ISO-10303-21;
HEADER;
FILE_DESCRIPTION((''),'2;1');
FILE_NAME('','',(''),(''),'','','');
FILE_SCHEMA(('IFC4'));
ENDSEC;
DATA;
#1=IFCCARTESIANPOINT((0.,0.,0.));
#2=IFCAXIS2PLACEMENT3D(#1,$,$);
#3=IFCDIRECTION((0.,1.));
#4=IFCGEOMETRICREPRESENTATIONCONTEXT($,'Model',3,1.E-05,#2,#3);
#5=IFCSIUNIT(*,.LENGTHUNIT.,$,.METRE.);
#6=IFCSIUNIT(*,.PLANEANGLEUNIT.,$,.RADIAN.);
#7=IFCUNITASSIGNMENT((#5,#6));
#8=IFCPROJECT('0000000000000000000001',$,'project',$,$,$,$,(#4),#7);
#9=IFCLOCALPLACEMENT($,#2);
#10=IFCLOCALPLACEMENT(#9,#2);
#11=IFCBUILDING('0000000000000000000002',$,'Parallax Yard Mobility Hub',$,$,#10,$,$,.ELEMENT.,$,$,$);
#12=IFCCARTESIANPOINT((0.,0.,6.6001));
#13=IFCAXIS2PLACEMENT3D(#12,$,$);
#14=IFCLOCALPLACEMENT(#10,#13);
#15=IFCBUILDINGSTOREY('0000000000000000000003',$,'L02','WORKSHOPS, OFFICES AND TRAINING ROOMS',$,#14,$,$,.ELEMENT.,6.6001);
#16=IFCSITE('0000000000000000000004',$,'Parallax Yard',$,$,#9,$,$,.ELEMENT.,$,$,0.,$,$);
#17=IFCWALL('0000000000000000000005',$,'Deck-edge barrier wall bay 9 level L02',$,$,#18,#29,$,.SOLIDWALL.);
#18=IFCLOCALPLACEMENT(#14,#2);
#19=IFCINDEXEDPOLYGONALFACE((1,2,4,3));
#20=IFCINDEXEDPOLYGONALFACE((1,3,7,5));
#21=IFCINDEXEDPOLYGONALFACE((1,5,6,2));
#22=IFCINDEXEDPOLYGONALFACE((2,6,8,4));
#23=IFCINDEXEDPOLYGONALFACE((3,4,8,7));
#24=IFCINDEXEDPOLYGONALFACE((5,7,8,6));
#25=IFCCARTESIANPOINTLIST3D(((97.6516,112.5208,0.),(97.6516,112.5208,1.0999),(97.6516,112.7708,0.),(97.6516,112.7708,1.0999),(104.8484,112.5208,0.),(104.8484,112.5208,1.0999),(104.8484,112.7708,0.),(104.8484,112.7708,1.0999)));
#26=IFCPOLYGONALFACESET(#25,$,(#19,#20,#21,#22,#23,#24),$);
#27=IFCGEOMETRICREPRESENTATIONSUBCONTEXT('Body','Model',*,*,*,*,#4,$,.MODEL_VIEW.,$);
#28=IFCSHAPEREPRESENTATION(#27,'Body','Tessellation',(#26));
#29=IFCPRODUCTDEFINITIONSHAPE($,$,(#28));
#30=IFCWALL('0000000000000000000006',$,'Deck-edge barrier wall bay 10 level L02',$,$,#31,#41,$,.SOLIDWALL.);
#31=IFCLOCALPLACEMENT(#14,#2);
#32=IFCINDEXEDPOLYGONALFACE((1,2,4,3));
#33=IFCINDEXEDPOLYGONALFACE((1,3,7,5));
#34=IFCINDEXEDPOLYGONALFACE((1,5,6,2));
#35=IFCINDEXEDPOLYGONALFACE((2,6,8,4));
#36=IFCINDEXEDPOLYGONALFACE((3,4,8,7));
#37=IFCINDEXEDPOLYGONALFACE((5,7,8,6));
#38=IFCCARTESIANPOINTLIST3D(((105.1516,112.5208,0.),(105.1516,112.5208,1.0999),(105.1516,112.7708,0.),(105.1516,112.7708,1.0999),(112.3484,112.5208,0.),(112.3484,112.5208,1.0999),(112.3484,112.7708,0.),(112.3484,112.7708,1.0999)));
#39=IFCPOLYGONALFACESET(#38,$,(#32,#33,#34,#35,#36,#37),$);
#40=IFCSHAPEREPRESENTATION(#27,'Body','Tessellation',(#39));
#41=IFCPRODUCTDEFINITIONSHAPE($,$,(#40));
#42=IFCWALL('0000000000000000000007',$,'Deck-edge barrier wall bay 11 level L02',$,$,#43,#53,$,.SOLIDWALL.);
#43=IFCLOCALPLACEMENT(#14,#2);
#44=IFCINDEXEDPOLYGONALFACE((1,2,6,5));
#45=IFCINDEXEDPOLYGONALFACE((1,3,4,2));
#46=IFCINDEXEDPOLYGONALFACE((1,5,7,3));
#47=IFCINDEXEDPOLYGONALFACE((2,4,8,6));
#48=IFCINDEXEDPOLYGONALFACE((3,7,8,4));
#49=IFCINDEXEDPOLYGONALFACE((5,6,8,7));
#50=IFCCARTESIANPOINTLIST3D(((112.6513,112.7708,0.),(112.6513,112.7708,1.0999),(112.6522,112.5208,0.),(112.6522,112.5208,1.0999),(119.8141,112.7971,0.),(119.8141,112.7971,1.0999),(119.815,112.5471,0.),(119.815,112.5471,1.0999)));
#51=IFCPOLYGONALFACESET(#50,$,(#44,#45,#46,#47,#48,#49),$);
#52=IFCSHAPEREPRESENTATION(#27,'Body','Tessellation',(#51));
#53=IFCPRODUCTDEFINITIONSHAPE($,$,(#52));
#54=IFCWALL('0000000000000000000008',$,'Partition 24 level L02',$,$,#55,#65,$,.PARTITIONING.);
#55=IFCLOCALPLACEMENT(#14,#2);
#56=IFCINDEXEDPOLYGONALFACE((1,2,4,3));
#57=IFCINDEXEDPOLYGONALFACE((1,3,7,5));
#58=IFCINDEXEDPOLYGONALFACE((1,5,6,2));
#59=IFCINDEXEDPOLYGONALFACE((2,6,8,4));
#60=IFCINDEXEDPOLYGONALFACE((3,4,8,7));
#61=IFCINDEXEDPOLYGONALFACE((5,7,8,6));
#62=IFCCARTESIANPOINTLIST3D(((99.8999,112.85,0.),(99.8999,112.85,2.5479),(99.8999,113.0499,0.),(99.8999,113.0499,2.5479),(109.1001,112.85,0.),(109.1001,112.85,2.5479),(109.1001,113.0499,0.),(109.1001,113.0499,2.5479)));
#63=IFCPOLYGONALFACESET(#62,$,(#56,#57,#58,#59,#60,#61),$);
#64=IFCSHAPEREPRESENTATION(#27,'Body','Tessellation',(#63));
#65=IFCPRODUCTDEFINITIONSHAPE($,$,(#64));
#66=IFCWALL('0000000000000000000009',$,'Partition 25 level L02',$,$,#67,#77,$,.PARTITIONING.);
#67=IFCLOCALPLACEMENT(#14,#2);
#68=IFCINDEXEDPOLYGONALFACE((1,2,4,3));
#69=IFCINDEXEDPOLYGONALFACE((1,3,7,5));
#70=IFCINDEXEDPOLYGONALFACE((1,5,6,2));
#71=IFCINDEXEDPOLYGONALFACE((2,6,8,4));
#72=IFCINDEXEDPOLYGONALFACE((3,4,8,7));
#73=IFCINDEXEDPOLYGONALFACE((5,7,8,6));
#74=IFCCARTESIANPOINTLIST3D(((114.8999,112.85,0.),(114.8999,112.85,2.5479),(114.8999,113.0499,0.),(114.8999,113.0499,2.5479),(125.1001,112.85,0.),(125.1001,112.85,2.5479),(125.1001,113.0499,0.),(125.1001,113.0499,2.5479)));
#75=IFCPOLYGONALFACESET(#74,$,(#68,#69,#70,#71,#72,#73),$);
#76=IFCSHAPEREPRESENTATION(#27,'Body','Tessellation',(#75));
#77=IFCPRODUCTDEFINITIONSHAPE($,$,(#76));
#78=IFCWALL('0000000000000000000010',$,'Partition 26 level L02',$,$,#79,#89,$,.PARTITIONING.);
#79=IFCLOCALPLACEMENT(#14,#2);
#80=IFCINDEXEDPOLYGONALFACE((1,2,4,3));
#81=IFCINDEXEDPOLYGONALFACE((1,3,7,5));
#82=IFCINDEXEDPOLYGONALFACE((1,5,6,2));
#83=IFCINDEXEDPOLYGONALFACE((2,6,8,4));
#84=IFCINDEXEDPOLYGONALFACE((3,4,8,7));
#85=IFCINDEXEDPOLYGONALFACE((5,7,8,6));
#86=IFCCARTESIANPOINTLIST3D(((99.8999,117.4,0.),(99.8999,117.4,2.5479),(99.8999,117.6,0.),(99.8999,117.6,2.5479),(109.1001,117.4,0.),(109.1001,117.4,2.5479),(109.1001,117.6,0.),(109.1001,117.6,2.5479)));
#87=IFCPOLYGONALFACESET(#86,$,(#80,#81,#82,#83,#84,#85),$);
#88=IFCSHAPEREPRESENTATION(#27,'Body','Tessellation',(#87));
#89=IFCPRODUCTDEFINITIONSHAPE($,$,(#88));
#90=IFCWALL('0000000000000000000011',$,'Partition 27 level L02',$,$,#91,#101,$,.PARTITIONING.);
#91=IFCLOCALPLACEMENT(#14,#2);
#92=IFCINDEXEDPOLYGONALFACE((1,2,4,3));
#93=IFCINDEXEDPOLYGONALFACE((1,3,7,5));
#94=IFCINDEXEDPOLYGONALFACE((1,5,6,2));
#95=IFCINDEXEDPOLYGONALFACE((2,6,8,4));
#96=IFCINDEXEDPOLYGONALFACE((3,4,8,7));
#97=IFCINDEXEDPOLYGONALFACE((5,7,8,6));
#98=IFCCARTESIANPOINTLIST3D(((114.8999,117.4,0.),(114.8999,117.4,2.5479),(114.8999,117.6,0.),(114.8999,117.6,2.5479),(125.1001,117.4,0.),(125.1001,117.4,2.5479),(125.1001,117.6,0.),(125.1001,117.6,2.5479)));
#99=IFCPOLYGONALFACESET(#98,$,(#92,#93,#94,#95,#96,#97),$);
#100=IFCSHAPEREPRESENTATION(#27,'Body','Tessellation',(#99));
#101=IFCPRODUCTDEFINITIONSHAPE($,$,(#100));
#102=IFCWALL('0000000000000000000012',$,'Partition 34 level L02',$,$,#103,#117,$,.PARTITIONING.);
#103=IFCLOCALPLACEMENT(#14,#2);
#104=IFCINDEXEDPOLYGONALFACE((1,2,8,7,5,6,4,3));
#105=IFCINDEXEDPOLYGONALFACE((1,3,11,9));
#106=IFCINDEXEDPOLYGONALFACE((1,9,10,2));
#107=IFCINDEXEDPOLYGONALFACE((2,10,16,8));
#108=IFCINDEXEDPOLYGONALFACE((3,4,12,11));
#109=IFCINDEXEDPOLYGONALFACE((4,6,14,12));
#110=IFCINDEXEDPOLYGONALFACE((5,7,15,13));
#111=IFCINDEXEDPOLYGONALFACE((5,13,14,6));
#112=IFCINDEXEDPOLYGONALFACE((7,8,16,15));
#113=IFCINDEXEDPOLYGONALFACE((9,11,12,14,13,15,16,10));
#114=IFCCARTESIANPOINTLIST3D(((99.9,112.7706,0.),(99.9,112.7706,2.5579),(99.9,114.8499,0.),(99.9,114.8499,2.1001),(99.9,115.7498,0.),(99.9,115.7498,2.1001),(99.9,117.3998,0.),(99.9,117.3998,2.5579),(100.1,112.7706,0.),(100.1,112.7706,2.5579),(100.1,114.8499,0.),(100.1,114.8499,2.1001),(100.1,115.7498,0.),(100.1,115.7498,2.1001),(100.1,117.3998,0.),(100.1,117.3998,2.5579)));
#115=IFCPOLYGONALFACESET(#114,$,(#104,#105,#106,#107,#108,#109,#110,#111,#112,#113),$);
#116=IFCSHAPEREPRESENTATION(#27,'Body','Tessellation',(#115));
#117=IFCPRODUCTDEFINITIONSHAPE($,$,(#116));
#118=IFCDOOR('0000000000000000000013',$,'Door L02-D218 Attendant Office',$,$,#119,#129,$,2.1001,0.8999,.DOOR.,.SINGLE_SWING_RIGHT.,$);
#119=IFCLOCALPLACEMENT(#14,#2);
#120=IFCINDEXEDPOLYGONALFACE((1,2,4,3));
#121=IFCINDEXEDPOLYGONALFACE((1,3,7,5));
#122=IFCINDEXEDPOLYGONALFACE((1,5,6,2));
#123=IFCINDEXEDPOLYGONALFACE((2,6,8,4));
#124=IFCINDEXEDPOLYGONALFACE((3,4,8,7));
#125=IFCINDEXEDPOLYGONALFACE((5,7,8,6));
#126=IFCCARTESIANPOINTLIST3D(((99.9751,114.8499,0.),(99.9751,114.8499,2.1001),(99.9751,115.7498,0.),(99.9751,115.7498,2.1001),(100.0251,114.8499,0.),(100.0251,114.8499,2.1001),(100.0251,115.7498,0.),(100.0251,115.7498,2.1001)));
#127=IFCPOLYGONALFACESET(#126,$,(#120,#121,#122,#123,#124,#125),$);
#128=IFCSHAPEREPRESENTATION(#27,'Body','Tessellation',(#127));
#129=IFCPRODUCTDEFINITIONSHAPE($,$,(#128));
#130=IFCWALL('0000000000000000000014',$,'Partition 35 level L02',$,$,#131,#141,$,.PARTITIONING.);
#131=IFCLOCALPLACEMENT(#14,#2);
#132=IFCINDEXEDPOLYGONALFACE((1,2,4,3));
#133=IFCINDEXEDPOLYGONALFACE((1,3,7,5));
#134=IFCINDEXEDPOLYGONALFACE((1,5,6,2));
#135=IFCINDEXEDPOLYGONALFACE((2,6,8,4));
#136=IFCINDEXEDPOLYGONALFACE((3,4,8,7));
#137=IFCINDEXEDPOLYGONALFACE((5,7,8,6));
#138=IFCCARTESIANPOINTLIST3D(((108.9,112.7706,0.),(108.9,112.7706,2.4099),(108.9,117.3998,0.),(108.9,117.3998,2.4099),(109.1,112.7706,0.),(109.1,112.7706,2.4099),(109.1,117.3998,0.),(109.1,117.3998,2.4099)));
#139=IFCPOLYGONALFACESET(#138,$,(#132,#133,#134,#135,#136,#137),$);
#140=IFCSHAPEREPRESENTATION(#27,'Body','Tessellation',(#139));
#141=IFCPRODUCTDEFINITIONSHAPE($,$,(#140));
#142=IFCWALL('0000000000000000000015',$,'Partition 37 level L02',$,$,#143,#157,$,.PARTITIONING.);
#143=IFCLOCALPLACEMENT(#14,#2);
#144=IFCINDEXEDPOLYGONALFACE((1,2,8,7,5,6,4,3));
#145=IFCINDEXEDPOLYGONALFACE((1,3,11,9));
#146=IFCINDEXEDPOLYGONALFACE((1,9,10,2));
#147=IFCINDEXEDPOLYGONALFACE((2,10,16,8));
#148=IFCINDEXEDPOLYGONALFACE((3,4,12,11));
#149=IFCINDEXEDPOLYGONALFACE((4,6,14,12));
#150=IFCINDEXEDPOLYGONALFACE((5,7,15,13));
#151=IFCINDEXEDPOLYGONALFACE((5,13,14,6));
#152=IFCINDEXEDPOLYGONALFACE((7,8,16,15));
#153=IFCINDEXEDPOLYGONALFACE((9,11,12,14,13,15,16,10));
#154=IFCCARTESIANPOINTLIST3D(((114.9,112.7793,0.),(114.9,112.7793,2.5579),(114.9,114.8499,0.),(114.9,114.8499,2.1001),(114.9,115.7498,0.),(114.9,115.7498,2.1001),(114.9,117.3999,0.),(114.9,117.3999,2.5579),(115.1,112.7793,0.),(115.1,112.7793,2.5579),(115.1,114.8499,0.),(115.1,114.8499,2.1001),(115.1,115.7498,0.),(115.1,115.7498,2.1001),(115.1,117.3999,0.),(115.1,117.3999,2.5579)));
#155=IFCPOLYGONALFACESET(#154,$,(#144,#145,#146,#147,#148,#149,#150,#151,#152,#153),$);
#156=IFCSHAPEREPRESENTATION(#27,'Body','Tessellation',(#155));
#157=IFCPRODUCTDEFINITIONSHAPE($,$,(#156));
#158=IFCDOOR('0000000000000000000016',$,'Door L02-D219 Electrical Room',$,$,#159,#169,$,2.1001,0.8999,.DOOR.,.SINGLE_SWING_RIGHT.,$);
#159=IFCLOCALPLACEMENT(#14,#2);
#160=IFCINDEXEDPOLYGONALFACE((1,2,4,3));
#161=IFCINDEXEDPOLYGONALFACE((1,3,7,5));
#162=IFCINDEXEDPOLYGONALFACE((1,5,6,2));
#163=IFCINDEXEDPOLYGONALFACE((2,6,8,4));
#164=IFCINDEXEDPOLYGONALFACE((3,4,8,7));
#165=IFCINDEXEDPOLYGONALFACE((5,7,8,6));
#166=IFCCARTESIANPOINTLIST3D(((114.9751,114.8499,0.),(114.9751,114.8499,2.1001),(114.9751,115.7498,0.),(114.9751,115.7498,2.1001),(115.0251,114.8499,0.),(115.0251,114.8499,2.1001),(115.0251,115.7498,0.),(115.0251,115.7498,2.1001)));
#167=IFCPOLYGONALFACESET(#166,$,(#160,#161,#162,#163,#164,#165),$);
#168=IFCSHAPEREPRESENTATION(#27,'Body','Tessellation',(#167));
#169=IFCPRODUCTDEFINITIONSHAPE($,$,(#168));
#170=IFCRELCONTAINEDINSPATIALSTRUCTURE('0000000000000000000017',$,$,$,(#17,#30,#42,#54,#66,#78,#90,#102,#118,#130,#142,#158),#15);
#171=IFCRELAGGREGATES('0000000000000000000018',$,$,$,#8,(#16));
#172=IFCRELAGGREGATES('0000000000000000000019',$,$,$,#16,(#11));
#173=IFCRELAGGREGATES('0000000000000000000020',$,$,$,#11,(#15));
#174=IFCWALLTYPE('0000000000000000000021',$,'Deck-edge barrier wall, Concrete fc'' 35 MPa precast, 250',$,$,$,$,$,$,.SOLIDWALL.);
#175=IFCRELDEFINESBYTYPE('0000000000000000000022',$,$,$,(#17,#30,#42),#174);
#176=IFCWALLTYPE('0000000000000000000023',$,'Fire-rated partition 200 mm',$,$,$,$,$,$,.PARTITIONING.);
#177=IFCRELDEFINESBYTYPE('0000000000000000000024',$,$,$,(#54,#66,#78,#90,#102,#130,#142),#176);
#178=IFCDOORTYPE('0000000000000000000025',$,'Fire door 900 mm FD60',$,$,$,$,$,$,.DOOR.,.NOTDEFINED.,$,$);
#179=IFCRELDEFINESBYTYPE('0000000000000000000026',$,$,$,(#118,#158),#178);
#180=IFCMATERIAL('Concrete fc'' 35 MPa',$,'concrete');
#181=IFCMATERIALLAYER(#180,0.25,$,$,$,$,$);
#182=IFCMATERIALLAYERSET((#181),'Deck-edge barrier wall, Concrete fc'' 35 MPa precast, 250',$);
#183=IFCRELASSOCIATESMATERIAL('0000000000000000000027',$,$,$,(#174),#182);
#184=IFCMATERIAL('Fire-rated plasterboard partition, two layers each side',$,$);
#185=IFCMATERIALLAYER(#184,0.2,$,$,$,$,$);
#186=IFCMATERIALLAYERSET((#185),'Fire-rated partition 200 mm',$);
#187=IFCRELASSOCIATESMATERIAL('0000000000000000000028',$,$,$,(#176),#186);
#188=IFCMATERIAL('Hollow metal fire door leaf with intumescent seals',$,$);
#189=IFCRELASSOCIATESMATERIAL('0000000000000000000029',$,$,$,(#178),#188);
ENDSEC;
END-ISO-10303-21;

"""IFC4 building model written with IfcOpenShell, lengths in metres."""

from ifc_helpers import new_model, si_unit, direction, frame, frame_2d, origin, place, context, subcontext, project, spatial, rectangle, extrude, material, layer, layer_set, type_object, element, fill, save


model = new_model("IFC4")

# Units and contexts
model_context = context("Model", 3, precision=1e-05, world=origin(), true_north=direction((0.0, 1.0)))
body_context = subcontext(model_context, "Body", "Model", "MODEL_VIEW")
ifc_project = project(units=[si_unit("LENGTHUNIT", "METRE"), si_unit("PLANEANGLEUNIT", "RADIAN")], contexts=[model_context])

# Site, building, storey
site_placement = place(None, origin())
site = spatial("IfcSite", under=ifc_project, at=site_placement, Name="Parallax Yard", CompositionType="ELEMENT", RefElevation=0.0)
building_placement = place(site_placement, origin())
building = spatial("IfcBuilding", under=site, at=building_placement, Name="Parallax Yard Mobility Hub", CompositionType="ELEMENT")
storey_placement = place(building_placement, frame((0.0, 0.0, 6.6001)))
storey = spatial("IfcBuildingStorey", under=building, at=storey_placement, Name="L02", Description="WORKSHOPS, OFFICES AND TRAINING ROOMS", CompositionType="ELEMENT", Elevation=6.6001)

# Walls
ifc_material_1 = material(Name="Concrete fc' 35 MPa", Category="concrete")
ifc_layer_1 = layer(ifc_material_1, 0.25)
ifc_layer_set_1 = layer_set([ifc_layer_1], Name="Deck-edge barrier wall, Concrete fc' 35 MPa precast, 250")
wall_type_1 = type_object("IfcWallType", Name="Deck-edge barrier wall, Concrete fc' 35 MPa precast, 250", PredefinedType="SOLIDWALL", material=ifc_layer_set_1)
for number, where, z_axis, x_axis, name in (
    (1, (97.6516, 112.6458, 0.0), (0.0, 0.0, 1.0), (1.0, 0.0, 0.0), "Deck-edge barrier wall bay 9 level L02"),
    (2, (105.1516, 112.6458, 0.0), (0.0, 0.0, 1.0), (1.0, 0.0, 0.0), "Deck-edge barrier wall bay 10 level L02"),
):
    element("IfcWall", number, at=place(storey_placement, frame(where, z_axis=z_axis, x_axis=x_axis)), inside=storey, type_object=wall_type_1, Name=name, PredefinedType="SOLIDWALL", context=body_context, shape_type="SweptSolid", body=[
        extrude(rectangle(XDim=7.1968, YDim=0.25, at=frame_2d((3.5984, 0.0))), origin(), (0.0, 0.0, 1.0), 1.0999),
    ])
wall_1_placement = place(storey_placement, frame((112.6516, 112.6458, 0.0), z_axis=(0.0, 0.0, 1.0), x_axis=(0.999993, 0.003681, 0.0)))
element("IfcWall", 3, at=wall_1_placement, inside=storey, type_object=wall_type_1, Name="Deck-edge barrier wall bay 11 level L02", PredefinedType="SOLIDWALL", context=body_context, shape_type="SweptSolid", body=[
    extrude(rectangle(XDim=7.1628, YDim=0.25, at=frame_2d((3.5815, 0.0))), origin(), (0.0, 0.0, 1.0), 1.0999),
])
ifc_material_2 = material(Name="Fire-rated plasterboard partition, two layers each side")
ifc_layer_2 = layer(ifc_material_2, 0.2)
ifc_layer_set_2 = layer_set([ifc_layer_2], Name="Fire-rated partition 200 mm")
wall_type_2 = type_object("IfcWallType", Name="Fire-rated partition 200 mm", PredefinedType="PARTITIONING", material=ifc_layer_set_2)
wall_2_placement = place(storey_placement, frame((99.8999, 112.95, 0.0), z_axis=(0.0, 0.0, 1.0), x_axis=(1.0, 0.0, 0.0)))
element("IfcWall", 4, at=wall_2_placement, inside=storey, type_object=wall_type_2, Name="Partition 24 level L02", PredefinedType="PARTITIONING", context=body_context, shape_type="SweptSolid", body=[
    extrude(rectangle(XDim=9.2002, YDim=0.2, at=frame_2d((4.6001, 0.0))), origin(), (0.0, 0.0, 1.0), 2.5479),
])
wall_3_placement = place(storey_placement, frame((114.8999, 112.95, 0.0), z_axis=(0.0, 0.0, 1.0), x_axis=(1.0, 0.0, 0.0)))
element("IfcWall", 5, at=wall_3_placement, inside=storey, type_object=wall_type_2, Name="Partition 25 level L02", PredefinedType="PARTITIONING", context=body_context, shape_type="SweptSolid", body=[
    extrude(rectangle(XDim=10.2002, YDim=0.2, at=frame_2d((5.1001, 0.0))), origin(), (0.0, 0.0, 1.0), 2.5479),
])
wall_4_placement = place(storey_placement, frame((99.8999, 117.5, 0.0), z_axis=(0.0, 0.0, 1.0), x_axis=(1.0, 0.0, 0.0)))
element("IfcWall", 6, at=wall_4_placement, inside=storey, type_object=wall_type_2, Name="Partition 26 level L02", PredefinedType="PARTITIONING", context=body_context, shape_type="SweptSolid", body=[
    extrude(rectangle(XDim=9.2002, YDim=0.2, at=frame_2d((4.6001, 0.0))), origin(), (0.0, 0.0, 1.0), 2.5479),
])
wall_5_placement = place(storey_placement, frame((114.8999, 117.5, 0.0), z_axis=(0.0, 0.0, 1.0), x_axis=(1.0, 0.0, 0.0)))
element("IfcWall", 7, at=wall_5_placement, inside=storey, type_object=wall_type_2, Name="Partition 27 level L02", PredefinedType="PARTITIONING", context=body_context, shape_type="SweptSolid", body=[
    extrude(rectangle(XDim=10.2002, YDim=0.2, at=frame_2d((5.1001, 0.0))), origin(), (0.0, 0.0, 1.0), 2.5479),
])

# Wall, opening, door
wall_6_placement = place(storey_placement, frame((100.0, 112.7708, 0.0), z_axis=(0.0, 0.0, 1.0), x_axis=(0.0, 1.0, 0.0)))
wall_6 = element("IfcWall", 8, at=wall_6_placement, inside=storey, type_object=wall_type_2, Name="Partition 34 level L02", PredefinedType="PARTITIONING", context=body_context, shape_type="SweptSolid", body=[
    extrude(rectangle(XDim=4.6292, YDim=0.2, at=frame_2d((2.3145, 0.0))), origin(), (0.0, 0.0, 1.0), 2.5579),
])
opening_1_placement = place(wall_6_placement, frame((2.0791, 0.0, 0.0)))
opening_1 = element("IfcOpeningElement", 9, at=opening_1_placement, cuts=wall_6, PredefinedType="OPENING", context=body_context, shape_type="SweptSolid", body=[
    extrude(rectangle(XDim=0.8999, YDim=2.1001, at=frame_2d((0.45, 1.05))), frame((0.0, 0.1099, 0.0), z_axis=(0.0, -1.0, 0.0), x_axis=(1.0, 0.0, 0.0)), (0.0, 0.0, 1.0), 0.22),
])
ifc_material_3 = material(Name="Hollow metal fire door leaf with intumescent seals")
door_type = type_object("IfcDoorType", Name="Fire door 900 mm FD60", OperationType="NOTDEFINED", PredefinedType="DOOR", material=ifc_material_3)
door_1_placement = place(opening_1_placement, origin())
door_1 = element("IfcDoor", 10, at=door_1_placement, inside=storey, type_object=door_type, Name="Door L02-D218 Attendant Office", OperationType="SINGLE_SWING_RIGHT", OverallHeight=2.1001, OverallWidth=0.8999, PredefinedType="DOOR", context=body_context, shape_type="SweptSolid", body=[
    extrude(rectangle(XDim=0.8999, YDim=2.1001, at=frame_2d((0.45, 1.05))), frame((0.0, 0.0249, 0.0), z_axis=(0.0, -1.0, 0.0), x_axis=(1.0, 0.0, 0.0)), (0.0, 0.0, 1.0), 0.05),
])
fill(opening_1, door_1)

# Wall
wall_7_placement = place(storey_placement, frame((109.0, 112.7708, 0.0), z_axis=(0.0, 0.0, 1.0), x_axis=(0.0, 1.0, 0.0)))
element("IfcWall", 11, at=wall_7_placement, inside=storey, type_object=wall_type_2, Name="Partition 35 level L02", PredefinedType="PARTITIONING", context=body_context, shape_type="SweptSolid", body=[
    extrude(rectangle(XDim=4.6292, YDim=0.2, at=frame_2d((2.3145, 0.0))), origin(), (0.0, 0.0, 1.0), 2.4099),
])

# Wall, opening, door
wall_8_placement = place(storey_placement, frame((115.0, 112.7793, 0.0), z_axis=(0.0, 0.0, 1.0), x_axis=(0.0, 1.0, 0.0)))
wall_8 = element("IfcWall", 12, at=wall_8_placement, inside=storey, type_object=wall_type_2, Name="Partition 37 level L02", PredefinedType="PARTITIONING", context=body_context, shape_type="SweptSolid", body=[
    extrude(rectangle(XDim=4.6206, YDim=0.2, at=frame_2d((2.3103, 0.0))), origin(), (0.0, 0.0, 1.0), 2.5579),
])
opening_2_placement = place(wall_8_placement, frame((2.0706, 0.0, 0.0)))
opening_2 = element("IfcOpeningElement", 13, at=opening_2_placement, cuts=wall_8, PredefinedType="OPENING", context=body_context, shape_type="SweptSolid", body=[
    extrude(rectangle(XDim=0.8999, YDim=2.1001, at=frame_2d((0.45, 1.05))), frame((0.0, 0.1099, 0.0), z_axis=(0.0, -1.0, 0.0), x_axis=(1.0, 0.0, 0.0)), (0.0, 0.0, 1.0), 0.22),
])
door_2_placement = place(opening_2_placement, origin())
door_2 = element("IfcDoor", 14, at=door_2_placement, inside=storey, type_object=door_type, Name="Door L02-D219 Electrical Room", OperationType="SINGLE_SWING_RIGHT", OverallHeight=2.1001, OverallWidth=0.8999, PredefinedType="DOOR", context=body_context, shape_type="SweptSolid", body=[
    extrude(rectangle(XDim=0.8999, YDim=2.1001, at=frame_2d((0.45, 1.05))), frame((0.0, 0.0249, 0.0), z_axis=(0.0, -1.0, 0.0), x_axis=(1.0, 0.0, 0.0)), (0.0, 0.0, 1.0), 0.05),
])
fill(opening_2, door_2)

save(model, "model.ifc")
